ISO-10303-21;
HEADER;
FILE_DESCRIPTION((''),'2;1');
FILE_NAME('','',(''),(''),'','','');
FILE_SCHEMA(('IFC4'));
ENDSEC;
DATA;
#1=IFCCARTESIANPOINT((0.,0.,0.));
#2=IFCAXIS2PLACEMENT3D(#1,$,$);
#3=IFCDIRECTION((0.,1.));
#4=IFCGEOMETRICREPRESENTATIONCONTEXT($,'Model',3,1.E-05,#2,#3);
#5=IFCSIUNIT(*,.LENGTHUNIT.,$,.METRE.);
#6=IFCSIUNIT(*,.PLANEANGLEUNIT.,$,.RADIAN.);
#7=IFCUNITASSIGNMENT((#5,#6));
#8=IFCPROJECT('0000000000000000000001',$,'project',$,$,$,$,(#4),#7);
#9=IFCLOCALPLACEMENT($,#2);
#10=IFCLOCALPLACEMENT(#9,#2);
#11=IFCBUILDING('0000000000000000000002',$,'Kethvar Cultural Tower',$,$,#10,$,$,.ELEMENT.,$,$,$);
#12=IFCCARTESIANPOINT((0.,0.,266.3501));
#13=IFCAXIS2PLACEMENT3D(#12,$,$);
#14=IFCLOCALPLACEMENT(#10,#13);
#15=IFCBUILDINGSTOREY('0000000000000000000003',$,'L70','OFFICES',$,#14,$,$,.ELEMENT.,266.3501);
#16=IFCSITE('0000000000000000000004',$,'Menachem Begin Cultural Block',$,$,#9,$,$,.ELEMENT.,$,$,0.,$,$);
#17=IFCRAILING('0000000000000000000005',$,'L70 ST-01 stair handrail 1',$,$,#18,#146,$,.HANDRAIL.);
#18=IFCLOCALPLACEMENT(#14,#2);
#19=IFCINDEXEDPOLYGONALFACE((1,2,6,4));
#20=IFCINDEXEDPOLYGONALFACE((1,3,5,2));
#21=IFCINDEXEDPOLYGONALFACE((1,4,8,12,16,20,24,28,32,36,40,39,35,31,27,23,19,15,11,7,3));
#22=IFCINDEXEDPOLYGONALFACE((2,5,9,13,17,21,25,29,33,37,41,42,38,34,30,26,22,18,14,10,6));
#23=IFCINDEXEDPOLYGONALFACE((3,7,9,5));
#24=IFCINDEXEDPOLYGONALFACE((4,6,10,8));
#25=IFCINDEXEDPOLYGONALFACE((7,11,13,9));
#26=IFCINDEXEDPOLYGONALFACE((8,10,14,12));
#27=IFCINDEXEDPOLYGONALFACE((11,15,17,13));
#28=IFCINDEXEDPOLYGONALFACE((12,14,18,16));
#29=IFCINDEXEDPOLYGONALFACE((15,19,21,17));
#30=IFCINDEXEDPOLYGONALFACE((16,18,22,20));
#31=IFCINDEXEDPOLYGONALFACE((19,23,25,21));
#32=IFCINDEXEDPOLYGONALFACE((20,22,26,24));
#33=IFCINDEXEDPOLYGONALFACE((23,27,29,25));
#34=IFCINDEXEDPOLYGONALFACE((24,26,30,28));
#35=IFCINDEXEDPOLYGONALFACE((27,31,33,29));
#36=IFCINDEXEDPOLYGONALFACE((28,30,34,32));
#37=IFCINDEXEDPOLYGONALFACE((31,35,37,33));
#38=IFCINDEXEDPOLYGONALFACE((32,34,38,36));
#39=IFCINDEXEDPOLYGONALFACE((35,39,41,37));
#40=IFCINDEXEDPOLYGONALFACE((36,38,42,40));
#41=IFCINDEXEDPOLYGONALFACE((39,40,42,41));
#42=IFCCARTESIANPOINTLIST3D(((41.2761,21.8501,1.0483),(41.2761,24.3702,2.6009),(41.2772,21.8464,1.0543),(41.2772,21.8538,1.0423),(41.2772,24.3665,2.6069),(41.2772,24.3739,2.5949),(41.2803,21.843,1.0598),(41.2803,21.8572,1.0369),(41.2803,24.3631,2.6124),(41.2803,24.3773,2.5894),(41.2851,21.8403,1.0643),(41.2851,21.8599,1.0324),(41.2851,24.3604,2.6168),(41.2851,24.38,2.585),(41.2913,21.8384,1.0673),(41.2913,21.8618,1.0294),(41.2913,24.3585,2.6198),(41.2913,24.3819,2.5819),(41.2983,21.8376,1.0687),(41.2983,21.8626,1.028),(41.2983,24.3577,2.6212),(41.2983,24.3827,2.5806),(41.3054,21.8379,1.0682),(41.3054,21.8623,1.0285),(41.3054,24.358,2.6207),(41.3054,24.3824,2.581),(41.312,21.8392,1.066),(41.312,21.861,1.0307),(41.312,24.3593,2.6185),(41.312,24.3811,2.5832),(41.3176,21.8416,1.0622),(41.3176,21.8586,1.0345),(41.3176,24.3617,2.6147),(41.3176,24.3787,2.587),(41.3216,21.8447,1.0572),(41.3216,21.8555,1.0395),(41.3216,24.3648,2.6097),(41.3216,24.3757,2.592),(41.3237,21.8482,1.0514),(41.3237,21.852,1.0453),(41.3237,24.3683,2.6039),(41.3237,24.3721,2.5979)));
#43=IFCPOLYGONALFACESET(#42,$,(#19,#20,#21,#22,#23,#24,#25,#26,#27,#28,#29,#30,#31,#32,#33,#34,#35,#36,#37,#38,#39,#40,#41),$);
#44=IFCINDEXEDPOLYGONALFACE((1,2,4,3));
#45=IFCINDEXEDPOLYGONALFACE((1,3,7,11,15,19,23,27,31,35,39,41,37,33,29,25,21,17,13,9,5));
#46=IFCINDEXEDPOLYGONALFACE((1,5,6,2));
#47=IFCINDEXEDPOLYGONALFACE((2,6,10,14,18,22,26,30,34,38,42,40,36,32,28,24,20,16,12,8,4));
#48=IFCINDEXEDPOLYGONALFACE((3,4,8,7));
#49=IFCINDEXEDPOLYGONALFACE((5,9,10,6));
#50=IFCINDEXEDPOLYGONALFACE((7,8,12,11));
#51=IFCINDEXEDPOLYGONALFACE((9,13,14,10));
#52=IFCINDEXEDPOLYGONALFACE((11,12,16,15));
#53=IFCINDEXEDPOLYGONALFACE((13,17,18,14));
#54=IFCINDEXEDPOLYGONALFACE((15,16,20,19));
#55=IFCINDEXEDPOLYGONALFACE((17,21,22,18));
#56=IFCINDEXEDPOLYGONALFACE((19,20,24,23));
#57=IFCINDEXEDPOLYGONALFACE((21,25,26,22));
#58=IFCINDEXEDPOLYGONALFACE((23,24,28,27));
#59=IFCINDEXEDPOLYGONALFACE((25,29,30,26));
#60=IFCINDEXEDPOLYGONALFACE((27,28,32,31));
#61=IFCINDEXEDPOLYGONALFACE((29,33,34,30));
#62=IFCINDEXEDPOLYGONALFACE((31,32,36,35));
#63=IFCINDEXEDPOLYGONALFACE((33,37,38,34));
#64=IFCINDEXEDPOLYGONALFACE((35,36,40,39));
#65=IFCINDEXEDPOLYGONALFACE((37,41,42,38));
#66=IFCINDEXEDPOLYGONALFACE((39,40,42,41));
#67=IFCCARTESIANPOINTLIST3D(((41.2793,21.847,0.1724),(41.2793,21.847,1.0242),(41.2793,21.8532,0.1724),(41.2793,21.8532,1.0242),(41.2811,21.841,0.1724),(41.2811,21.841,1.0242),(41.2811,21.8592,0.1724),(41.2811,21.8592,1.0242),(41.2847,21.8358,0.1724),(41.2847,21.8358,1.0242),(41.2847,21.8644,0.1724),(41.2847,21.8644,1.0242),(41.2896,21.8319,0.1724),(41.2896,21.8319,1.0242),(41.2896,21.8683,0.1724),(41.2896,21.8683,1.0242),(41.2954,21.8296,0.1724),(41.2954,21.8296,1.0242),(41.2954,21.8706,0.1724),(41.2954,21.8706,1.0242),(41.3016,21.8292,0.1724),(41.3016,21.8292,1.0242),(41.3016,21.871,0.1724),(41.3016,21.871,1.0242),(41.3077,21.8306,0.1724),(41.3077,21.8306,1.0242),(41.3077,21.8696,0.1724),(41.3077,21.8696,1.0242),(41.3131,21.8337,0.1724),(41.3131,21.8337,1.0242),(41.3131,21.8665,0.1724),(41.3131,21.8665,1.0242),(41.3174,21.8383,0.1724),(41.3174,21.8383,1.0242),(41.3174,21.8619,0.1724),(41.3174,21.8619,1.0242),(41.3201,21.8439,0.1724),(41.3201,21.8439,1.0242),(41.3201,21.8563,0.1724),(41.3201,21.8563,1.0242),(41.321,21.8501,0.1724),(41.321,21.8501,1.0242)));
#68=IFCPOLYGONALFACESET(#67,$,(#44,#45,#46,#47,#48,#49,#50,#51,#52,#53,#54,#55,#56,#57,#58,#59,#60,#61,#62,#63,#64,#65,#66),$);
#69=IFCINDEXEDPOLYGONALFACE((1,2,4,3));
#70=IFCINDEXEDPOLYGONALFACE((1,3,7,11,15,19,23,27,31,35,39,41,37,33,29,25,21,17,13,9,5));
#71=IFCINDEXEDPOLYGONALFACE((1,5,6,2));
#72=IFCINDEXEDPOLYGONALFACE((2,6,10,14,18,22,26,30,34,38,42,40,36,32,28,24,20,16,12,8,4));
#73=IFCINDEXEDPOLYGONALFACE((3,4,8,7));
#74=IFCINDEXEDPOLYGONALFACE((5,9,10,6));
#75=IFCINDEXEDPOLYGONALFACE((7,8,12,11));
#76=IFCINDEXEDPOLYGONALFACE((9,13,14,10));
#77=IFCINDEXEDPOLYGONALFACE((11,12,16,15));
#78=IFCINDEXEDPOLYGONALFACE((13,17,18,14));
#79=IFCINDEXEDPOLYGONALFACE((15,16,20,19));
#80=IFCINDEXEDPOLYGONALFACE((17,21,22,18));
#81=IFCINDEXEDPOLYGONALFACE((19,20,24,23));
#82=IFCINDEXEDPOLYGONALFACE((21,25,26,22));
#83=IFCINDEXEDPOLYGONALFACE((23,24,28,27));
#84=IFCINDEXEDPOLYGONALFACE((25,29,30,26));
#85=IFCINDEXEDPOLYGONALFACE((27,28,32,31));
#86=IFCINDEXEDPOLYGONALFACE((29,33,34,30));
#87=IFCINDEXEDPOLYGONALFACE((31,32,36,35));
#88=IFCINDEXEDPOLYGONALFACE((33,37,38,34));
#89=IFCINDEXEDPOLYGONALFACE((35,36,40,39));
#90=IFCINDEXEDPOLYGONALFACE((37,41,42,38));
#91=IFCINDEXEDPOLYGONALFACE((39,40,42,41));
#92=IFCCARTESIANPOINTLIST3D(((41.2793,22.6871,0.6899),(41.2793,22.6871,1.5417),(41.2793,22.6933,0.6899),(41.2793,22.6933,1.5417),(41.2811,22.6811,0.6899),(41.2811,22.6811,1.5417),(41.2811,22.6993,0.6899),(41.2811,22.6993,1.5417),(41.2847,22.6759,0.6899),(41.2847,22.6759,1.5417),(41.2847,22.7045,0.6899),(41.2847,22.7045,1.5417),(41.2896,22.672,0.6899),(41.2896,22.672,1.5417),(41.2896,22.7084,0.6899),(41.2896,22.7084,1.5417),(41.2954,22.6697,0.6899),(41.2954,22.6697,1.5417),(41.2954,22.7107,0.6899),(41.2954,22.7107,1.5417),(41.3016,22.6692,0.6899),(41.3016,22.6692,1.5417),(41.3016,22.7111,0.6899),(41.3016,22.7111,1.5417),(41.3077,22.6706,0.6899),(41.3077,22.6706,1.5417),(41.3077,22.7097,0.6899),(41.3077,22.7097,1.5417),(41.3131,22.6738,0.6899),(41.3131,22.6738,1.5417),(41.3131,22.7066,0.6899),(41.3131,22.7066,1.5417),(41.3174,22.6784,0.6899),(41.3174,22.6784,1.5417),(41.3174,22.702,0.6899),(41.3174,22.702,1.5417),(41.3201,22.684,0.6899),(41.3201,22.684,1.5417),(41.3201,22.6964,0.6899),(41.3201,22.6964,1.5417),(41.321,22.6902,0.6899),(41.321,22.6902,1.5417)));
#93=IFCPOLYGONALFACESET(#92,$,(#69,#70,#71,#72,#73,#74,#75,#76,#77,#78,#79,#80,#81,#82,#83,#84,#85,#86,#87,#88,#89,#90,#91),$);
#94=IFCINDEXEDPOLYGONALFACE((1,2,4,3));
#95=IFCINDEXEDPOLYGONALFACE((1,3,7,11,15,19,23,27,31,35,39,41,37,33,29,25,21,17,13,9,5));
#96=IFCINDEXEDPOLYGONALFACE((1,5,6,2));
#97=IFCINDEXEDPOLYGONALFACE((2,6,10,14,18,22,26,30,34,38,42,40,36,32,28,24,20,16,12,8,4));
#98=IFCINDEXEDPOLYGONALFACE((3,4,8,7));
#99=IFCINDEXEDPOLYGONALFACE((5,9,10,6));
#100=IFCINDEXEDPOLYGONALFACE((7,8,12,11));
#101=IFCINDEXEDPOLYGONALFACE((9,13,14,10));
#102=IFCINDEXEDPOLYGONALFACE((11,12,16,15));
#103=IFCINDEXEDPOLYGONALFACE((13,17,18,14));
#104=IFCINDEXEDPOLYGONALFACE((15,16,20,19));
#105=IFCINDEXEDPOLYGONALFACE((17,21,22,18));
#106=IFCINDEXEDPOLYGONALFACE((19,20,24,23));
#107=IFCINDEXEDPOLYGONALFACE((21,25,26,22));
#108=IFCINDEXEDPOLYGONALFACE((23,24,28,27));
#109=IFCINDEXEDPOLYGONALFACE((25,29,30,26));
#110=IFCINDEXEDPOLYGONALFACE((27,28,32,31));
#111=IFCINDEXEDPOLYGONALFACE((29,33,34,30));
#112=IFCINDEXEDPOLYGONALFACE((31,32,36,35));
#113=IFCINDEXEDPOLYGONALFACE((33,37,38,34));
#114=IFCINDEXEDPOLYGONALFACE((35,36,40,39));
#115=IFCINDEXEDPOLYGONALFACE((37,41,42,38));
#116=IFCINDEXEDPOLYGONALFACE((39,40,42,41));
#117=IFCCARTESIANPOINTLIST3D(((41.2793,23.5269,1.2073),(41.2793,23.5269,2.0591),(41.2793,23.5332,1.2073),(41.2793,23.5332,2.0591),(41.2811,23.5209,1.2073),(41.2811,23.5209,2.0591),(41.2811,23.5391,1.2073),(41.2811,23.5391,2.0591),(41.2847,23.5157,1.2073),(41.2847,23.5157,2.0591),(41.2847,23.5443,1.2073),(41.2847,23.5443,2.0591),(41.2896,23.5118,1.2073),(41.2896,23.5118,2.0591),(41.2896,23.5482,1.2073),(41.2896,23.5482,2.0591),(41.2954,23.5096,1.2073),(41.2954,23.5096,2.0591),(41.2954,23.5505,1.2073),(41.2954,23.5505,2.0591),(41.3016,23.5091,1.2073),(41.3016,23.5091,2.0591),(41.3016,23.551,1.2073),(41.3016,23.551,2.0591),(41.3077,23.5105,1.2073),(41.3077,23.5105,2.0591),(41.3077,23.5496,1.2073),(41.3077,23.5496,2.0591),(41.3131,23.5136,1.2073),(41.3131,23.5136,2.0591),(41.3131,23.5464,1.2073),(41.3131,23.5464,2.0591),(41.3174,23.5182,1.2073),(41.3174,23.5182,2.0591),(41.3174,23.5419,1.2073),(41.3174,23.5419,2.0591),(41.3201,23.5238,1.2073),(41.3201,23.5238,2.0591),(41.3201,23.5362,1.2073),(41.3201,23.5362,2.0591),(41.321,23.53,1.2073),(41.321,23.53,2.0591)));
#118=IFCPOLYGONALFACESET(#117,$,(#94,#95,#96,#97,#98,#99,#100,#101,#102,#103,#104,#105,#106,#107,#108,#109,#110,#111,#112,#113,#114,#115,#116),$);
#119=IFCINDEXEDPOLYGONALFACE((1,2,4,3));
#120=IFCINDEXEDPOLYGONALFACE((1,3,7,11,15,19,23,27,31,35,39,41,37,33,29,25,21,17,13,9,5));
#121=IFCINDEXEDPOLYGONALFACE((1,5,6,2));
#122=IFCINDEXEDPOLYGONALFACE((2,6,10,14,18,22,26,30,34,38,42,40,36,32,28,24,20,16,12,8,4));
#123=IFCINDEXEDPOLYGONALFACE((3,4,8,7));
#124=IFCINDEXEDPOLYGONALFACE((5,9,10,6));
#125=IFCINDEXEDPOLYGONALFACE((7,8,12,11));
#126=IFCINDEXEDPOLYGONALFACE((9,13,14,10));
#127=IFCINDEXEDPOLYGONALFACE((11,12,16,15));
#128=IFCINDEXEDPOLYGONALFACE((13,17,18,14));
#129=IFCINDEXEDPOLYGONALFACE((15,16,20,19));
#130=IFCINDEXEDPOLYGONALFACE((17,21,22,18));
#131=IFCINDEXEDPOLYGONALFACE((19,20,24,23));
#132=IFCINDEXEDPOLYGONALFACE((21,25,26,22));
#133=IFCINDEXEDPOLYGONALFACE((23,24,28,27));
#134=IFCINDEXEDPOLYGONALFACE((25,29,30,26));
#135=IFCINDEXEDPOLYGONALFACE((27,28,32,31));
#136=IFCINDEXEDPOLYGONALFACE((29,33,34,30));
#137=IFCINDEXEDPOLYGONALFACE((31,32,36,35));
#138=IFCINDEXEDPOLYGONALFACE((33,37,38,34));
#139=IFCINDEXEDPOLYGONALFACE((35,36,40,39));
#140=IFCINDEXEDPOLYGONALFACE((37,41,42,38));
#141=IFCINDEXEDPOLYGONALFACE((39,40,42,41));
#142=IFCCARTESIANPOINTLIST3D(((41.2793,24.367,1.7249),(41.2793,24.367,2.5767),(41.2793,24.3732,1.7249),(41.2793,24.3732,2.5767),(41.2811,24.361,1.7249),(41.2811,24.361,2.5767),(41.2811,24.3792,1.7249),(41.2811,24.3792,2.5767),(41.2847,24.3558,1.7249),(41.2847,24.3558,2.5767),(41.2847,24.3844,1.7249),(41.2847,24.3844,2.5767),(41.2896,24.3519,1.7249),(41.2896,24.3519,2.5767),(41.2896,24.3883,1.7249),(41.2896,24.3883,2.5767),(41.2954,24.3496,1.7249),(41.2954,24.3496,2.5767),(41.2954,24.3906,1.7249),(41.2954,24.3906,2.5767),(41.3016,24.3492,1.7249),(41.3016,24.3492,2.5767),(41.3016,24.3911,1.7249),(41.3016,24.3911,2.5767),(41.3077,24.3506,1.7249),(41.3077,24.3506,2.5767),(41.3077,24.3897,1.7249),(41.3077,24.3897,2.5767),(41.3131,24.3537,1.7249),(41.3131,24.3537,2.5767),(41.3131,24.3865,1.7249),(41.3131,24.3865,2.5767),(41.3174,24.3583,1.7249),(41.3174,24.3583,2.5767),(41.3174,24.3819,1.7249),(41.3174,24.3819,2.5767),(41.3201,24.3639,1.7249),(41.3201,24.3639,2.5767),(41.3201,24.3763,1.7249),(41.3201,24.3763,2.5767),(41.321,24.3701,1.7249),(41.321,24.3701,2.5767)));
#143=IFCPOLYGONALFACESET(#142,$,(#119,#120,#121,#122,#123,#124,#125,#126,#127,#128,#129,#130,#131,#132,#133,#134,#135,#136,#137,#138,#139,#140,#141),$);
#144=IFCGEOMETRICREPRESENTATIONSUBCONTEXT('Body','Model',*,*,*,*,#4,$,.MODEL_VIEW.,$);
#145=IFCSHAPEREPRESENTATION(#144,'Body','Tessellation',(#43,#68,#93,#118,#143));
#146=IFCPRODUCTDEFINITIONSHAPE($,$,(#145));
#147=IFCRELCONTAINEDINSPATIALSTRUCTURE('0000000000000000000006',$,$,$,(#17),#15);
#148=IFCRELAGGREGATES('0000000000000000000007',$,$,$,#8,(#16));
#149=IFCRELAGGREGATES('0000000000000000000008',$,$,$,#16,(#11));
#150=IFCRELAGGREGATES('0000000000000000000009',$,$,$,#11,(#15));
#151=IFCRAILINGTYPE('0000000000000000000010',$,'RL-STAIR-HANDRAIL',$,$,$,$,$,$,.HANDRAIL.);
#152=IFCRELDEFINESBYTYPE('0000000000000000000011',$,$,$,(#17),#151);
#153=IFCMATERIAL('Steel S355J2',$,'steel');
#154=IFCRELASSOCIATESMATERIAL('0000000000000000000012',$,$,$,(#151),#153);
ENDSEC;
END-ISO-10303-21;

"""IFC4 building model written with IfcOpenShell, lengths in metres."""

from ifc_helpers import new_model, si_unit, direction, frame, origin, origin_2d, place, context, subcontext, project, spatial, circle, extrude, material, type_object, element, save


model = new_model("IFC4")

# Units and contexts
model_context = context("Model", 3, precision=1e-05, world=origin(), true_north=direction((0.0, 1.0)))
body_context = subcontext(model_context, "Body", "Model", "MODEL_VIEW")
ifc_project = project(units=[si_unit("LENGTHUNIT", "METRE"), si_unit("PLANEANGLEUNIT", "RADIAN")], contexts=[model_context])

# Site, building, storey
site_placement = place(None, origin())
site = spatial("IfcSite", under=ifc_project, at=site_placement, Name="Menachem Begin Cultural Block", CompositionType="ELEMENT", RefElevation=0.0)
building_placement = place(site_placement, origin())
building = spatial("IfcBuilding", under=site, at=building_placement, Name="Kethvar Cultural Tower", CompositionType="ELEMENT")
storey_placement = place(building_placement, frame((0.0, 0.0, 266.3501)))
storey = spatial("IfcBuildingStorey", under=building, at=storey_placement, Name="L70", Description="OFFICES", CompositionType="ELEMENT", Elevation=266.3501)

# Shared definitions
ifc_material_1 = material(Name="Steel S355J2", Category="steel")

# Railing
railing_type_1 = type_object("IfcRailingType", Name="RL-STAIR-HANDRAIL", PredefinedType="HANDRAIL", material=ifc_material_1)
railing_1_placement = place(storey_placement, frame((41.3, 21.8501, 0.1724)))
element("IfcRailing", 1, at=railing_1_placement, inside=storey, type_object=railing_type_1, Name="L70 ST-01 stair handrail 1", PredefinedType="HANDRAIL", context=body_context, shape_type="SweptSolid", body=[
    extrude(circle(Radius=0.0239, at=origin_2d()), frame((0.0, 0.0, 0.876), z_axis=(0.0, 0.8514, 0.524516), x_axis=(-1.0, 0.0, 0.0)), (0.0, 0.0, 1.0), 2.96),
    extrude(circle(Radius=0.021, at=origin_2d()), origin(), (0.0, 0.0, 1.0), 0.8518),
    extrude(circle(Radius=0.021, at=origin_2d()), frame((0.0, 0.8401, 0.5176)), (0.0, 0.0, 1.0), 0.8518),
    extrude(circle(Radius=0.021, at=origin_2d()), frame((0.0, 1.6799, 1.0349)), (0.0, 0.0, 1.0), 0.8518),
    extrude(circle(Radius=0.021, at=origin_2d()), frame((0.0, 2.52, 1.5525)), (0.0, 0.0, 1.0), 0.8518),
])

save(model, "model.ifc")
